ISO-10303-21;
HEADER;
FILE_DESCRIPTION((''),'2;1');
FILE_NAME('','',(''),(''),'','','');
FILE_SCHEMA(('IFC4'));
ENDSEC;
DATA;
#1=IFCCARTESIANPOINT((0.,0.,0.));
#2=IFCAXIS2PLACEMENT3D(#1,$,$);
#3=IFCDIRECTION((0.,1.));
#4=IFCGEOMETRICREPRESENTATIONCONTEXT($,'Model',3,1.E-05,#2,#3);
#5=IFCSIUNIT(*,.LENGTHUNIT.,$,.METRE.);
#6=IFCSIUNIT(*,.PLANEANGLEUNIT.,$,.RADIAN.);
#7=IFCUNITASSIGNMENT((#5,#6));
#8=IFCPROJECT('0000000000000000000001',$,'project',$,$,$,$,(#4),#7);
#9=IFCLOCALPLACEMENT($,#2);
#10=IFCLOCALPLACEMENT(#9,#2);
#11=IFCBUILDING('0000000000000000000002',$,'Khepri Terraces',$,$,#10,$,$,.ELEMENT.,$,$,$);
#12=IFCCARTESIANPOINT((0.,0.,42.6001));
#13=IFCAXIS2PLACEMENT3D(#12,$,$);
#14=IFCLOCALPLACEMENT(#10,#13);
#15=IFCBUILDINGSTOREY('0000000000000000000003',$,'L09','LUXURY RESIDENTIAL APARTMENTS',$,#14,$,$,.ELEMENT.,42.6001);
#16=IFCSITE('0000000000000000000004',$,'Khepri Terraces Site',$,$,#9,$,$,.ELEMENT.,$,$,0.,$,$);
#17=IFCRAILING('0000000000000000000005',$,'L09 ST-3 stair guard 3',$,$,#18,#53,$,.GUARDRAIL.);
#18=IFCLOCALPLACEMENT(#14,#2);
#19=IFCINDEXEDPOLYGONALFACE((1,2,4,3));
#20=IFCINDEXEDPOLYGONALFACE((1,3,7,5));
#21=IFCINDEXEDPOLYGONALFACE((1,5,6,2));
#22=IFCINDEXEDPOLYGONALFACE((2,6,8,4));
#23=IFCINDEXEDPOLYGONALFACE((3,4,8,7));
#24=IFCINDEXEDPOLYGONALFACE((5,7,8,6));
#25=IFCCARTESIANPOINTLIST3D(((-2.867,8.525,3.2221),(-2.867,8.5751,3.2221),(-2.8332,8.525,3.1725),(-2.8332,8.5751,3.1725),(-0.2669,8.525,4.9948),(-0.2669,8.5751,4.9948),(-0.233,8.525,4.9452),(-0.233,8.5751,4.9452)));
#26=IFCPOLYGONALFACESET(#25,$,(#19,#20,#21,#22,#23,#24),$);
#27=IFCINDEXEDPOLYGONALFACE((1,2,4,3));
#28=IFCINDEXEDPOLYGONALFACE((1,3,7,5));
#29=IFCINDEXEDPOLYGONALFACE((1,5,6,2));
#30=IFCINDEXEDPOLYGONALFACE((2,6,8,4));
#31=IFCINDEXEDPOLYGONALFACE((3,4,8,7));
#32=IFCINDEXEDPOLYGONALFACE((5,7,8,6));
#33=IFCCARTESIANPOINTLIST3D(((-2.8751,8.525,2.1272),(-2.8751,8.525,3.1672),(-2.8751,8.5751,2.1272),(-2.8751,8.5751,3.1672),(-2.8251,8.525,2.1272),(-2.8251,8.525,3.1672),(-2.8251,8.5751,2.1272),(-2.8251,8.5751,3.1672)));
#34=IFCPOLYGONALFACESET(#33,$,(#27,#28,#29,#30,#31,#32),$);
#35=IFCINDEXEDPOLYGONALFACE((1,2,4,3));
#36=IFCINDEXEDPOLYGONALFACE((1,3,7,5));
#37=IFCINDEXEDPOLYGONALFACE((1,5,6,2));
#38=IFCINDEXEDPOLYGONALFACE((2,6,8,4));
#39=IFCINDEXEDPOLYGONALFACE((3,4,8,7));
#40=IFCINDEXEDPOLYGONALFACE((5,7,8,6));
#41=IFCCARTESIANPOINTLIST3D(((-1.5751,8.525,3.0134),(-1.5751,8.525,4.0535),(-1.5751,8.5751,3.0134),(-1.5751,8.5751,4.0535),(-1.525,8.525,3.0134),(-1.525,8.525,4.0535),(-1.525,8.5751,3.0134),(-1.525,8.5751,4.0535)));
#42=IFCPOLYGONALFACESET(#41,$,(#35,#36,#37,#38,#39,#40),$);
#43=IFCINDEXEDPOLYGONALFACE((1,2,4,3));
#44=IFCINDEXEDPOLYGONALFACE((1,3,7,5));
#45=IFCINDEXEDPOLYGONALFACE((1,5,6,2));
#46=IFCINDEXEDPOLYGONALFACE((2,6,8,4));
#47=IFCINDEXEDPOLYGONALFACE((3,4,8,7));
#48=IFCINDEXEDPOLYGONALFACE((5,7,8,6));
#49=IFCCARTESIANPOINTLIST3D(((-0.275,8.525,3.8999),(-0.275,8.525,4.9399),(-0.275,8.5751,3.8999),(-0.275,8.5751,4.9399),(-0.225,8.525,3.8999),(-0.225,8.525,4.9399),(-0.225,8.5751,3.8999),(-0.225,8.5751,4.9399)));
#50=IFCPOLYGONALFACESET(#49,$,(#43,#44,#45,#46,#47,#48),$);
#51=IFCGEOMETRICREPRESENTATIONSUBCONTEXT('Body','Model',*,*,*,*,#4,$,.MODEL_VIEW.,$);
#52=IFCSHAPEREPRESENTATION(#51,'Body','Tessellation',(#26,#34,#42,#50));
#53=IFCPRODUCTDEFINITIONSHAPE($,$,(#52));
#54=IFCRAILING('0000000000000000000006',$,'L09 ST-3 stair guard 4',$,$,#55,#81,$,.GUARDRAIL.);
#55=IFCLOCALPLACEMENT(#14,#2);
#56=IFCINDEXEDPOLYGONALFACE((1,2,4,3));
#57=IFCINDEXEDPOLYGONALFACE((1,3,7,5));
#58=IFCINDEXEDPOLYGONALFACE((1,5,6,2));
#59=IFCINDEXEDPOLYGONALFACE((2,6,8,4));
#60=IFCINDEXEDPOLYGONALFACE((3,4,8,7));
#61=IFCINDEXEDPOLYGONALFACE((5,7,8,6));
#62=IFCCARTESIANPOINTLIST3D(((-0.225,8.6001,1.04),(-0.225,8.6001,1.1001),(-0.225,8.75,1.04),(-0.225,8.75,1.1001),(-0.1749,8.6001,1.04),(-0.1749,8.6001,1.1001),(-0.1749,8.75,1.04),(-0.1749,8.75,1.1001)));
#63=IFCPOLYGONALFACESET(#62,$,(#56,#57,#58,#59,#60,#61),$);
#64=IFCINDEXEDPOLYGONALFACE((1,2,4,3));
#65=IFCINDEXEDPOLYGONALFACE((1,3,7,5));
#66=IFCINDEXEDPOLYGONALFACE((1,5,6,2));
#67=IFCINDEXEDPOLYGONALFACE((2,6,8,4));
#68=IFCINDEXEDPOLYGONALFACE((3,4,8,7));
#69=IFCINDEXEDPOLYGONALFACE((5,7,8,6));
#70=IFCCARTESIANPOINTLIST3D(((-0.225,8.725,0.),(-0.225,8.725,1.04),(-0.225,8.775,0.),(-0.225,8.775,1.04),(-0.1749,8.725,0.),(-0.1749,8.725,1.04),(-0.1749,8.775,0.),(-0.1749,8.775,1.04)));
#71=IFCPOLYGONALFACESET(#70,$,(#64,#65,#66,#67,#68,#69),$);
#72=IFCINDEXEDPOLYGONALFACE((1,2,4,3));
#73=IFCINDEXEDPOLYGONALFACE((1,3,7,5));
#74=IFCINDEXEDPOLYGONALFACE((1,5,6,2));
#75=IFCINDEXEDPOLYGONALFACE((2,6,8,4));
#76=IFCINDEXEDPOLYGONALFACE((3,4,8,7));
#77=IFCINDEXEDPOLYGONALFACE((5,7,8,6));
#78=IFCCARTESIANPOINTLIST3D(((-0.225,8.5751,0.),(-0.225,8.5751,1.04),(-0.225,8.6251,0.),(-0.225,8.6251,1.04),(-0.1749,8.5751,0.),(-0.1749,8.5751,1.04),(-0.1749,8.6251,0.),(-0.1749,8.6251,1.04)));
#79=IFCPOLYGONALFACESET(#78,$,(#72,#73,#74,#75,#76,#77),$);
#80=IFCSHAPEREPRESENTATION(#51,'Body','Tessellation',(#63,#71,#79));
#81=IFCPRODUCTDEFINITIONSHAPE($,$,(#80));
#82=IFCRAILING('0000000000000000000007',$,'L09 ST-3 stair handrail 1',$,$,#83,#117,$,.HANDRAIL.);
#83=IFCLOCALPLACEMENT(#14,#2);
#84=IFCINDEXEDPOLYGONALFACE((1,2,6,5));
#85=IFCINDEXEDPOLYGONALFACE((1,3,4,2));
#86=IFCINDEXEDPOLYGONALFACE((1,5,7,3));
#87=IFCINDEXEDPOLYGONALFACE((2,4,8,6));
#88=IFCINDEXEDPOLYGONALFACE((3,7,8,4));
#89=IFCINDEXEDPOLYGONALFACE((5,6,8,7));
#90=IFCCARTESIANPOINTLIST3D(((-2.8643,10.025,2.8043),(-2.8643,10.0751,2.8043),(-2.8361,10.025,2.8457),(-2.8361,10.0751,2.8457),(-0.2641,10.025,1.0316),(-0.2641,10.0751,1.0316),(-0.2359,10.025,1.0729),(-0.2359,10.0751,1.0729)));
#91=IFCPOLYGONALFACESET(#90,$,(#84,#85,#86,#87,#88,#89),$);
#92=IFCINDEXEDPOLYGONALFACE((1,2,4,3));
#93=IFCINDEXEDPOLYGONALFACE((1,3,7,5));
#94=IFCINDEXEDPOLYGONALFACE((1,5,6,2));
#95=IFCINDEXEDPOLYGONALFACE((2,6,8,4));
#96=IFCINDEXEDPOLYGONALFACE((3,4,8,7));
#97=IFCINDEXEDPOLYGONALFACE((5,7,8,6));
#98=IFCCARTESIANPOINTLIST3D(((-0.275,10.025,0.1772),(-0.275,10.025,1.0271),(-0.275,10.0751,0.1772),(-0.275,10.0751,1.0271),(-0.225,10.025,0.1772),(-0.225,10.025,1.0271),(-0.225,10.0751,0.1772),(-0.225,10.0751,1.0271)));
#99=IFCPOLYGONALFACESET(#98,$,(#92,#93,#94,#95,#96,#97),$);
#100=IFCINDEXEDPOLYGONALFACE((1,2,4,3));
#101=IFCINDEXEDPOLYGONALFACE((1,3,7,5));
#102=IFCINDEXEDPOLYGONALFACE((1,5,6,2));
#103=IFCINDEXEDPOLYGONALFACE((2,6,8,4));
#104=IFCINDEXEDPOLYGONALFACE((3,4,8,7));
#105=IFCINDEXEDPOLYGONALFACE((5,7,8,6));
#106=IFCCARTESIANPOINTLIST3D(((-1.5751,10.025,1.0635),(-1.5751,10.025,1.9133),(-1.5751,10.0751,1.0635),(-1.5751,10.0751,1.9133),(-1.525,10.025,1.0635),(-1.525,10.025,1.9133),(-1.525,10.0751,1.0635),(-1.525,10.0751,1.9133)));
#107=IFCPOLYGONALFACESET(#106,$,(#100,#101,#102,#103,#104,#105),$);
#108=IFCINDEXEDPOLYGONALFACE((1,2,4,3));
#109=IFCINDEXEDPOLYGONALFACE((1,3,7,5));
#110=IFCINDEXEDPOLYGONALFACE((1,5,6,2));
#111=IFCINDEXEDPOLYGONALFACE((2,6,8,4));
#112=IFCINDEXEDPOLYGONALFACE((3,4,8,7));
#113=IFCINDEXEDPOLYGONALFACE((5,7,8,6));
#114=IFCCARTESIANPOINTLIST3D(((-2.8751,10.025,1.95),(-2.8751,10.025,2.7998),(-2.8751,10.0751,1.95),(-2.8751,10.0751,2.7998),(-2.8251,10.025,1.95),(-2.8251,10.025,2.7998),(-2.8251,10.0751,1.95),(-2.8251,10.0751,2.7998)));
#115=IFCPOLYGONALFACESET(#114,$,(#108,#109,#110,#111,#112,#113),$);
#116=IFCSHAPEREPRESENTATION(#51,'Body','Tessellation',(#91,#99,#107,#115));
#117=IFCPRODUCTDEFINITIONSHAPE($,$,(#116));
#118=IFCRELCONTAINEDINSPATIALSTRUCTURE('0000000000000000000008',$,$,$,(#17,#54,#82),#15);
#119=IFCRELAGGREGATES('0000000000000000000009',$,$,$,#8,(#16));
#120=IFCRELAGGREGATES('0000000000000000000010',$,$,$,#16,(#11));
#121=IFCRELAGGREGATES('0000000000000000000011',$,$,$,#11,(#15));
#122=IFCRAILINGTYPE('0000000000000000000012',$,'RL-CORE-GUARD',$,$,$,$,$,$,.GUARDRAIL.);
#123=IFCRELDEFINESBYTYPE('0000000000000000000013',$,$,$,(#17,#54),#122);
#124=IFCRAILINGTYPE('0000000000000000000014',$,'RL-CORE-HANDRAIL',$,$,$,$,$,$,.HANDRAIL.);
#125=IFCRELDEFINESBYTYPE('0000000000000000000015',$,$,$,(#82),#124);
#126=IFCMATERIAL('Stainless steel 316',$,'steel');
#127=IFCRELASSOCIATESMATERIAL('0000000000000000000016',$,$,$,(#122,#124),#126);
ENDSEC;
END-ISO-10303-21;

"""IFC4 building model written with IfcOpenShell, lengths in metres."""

from ifc_helpers import new_model, si_unit, direction, frame, origin, origin_2d, place, context, subcontext, project, spatial, rectangle, extrude, material, type_object, element, save


model = new_model("IFC4")

# Units and contexts
model_context = context("Model", 3, precision=1e-05, world=origin(), true_north=direction((0.0, 1.0)))
body_context = subcontext(model_context, "Body", "Model", "MODEL_VIEW")
ifc_project = project(units=[si_unit("LENGTHUNIT", "METRE"), si_unit("PLANEANGLEUNIT", "RADIAN")], contexts=[model_context])

# Site, building, storey
site_placement = place(None, origin())
site = spatial("IfcSite", under=ifc_project, at=site_placement, Name="Khepri Terraces Site", CompositionType="ELEMENT", RefElevation=0.0)
building_placement = place(site_placement, origin())
building = spatial("IfcBuilding", under=site, at=building_placement, Name="Khepri Terraces", CompositionType="ELEMENT")
storey_placement = place(building_placement, frame((0.0, 0.0, 42.6001)))
storey = spatial("IfcBuildingStorey", under=building, at=storey_placement, Name="L09", Description="LUXURY RESIDENTIAL APARTMENTS", CompositionType="ELEMENT", Elevation=42.6001)

# Railings
ifc_material_1 = material(Name="Stainless steel 316", Category="steel")
railing_type_1 = type_object("IfcRailingType", Name="RL-CORE-GUARD", PredefinedType="GUARDRAIL", material=ifc_material_1)
railing_1_placement = place(storey_placement, frame((-2.8501, 8.55, 2.1272)))
element("IfcRailing", 1, at=railing_1_placement, inside=storey, type_object=railing_type_1, Name="L09 ST-3 stair guard 3", PredefinedType="GUARDRAIL", context=body_context, shape_type="SweptSolid", body=[
    extrude(rectangle(XDim=0.05, YDim=0.0601, at=origin_2d()), frame((0.0, 0.0, 1.0701), z_axis=(0.82624, 0.0, 0.563318), x_axis=(0.0, 1.0, 0.0)), (0.0, 0.0, 1.0), 3.147),
    extrude(rectangle(XDim=0.05, YDim=0.05, at=origin_2d()), origin(), (0.0, 0.0, 1.0), 1.04),
    extrude(rectangle(XDim=0.05, YDim=0.05, at=origin_2d()), frame((1.3, 0.0, 0.8862)), (0.0, 0.0, 1.0), 1.04),
    extrude(rectangle(XDim=0.05, YDim=0.05, at=origin_2d()), frame((2.6001, 0.0, 1.7727)), (0.0, 0.0, 1.0), 1.04),
])
railing_2_placement = place(storey_placement, frame((-0.2, 8.75, 0.0)))
element("IfcRailing", 2, at=railing_2_placement, inside=storey, type_object=railing_type_1, Name="L09 ST-3 stair guard 4", PredefinedType="GUARDRAIL", context=body_context, shape_type="SweptSolid", body=[
    extrude(rectangle(XDim=0.05, YDim=0.0601, at=origin_2d()), frame((0.0, 0.0, 1.0701), z_axis=(0.0, -1.0, 0.0), x_axis=(1.0, 0.0, 0.0)), (0.0, 0.0, 1.0), 0.1499),
    extrude(rectangle(XDim=0.05, YDim=0.05, at=origin_2d()), origin(), (0.0, 0.0, 1.0), 1.04),
    extrude(rectangle(XDim=0.05, YDim=0.05, at=origin_2d()), frame((0.0, -0.1499, 0.0)), (0.0, 0.0, 1.0), 1.04),
])
railing_type_2 = type_object("IfcRailingType", Name="RL-CORE-HANDRAIL", PredefinedType="HANDRAIL", material=ifc_material_1)
railing_3_placement = place(storey_placement, frame((-0.25, 10.05, 0.1772)))
element("IfcRailing", 3, at=railing_3_placement, inside=storey, type_object=railing_type_2, Name="L09 ST-3 stair handrail 1", PredefinedType="HANDRAIL", context=body_context, shape_type="SweptSolid", body=[
    extrude(rectangle(XDim=0.05, YDim=0.05, at=origin_2d()), frame((0.0, 0.0, 0.875), z_axis=(-0.82624, 0.0, 0.563318), x_axis=(0.0, -1.0, 0.0)), (0.0, 0.0, 1.0), 3.147),
    extrude(rectangle(XDim=0.05, YDim=0.05, at=origin_2d()), origin(), (0.0, 0.0, 1.0), 0.8499),
    extrude(rectangle(XDim=0.05, YDim=0.05, at=origin_2d()), frame((-1.3, 0.0, 0.8862)), (0.0, 0.0, 1.0), 0.8499),
    extrude(rectangle(XDim=0.05, YDim=0.05, at=origin_2d()), frame((-2.6001, 0.0, 1.7727)), (0.0, 0.0, 1.0), 0.8499),
])

save(model, "model.ifc")
